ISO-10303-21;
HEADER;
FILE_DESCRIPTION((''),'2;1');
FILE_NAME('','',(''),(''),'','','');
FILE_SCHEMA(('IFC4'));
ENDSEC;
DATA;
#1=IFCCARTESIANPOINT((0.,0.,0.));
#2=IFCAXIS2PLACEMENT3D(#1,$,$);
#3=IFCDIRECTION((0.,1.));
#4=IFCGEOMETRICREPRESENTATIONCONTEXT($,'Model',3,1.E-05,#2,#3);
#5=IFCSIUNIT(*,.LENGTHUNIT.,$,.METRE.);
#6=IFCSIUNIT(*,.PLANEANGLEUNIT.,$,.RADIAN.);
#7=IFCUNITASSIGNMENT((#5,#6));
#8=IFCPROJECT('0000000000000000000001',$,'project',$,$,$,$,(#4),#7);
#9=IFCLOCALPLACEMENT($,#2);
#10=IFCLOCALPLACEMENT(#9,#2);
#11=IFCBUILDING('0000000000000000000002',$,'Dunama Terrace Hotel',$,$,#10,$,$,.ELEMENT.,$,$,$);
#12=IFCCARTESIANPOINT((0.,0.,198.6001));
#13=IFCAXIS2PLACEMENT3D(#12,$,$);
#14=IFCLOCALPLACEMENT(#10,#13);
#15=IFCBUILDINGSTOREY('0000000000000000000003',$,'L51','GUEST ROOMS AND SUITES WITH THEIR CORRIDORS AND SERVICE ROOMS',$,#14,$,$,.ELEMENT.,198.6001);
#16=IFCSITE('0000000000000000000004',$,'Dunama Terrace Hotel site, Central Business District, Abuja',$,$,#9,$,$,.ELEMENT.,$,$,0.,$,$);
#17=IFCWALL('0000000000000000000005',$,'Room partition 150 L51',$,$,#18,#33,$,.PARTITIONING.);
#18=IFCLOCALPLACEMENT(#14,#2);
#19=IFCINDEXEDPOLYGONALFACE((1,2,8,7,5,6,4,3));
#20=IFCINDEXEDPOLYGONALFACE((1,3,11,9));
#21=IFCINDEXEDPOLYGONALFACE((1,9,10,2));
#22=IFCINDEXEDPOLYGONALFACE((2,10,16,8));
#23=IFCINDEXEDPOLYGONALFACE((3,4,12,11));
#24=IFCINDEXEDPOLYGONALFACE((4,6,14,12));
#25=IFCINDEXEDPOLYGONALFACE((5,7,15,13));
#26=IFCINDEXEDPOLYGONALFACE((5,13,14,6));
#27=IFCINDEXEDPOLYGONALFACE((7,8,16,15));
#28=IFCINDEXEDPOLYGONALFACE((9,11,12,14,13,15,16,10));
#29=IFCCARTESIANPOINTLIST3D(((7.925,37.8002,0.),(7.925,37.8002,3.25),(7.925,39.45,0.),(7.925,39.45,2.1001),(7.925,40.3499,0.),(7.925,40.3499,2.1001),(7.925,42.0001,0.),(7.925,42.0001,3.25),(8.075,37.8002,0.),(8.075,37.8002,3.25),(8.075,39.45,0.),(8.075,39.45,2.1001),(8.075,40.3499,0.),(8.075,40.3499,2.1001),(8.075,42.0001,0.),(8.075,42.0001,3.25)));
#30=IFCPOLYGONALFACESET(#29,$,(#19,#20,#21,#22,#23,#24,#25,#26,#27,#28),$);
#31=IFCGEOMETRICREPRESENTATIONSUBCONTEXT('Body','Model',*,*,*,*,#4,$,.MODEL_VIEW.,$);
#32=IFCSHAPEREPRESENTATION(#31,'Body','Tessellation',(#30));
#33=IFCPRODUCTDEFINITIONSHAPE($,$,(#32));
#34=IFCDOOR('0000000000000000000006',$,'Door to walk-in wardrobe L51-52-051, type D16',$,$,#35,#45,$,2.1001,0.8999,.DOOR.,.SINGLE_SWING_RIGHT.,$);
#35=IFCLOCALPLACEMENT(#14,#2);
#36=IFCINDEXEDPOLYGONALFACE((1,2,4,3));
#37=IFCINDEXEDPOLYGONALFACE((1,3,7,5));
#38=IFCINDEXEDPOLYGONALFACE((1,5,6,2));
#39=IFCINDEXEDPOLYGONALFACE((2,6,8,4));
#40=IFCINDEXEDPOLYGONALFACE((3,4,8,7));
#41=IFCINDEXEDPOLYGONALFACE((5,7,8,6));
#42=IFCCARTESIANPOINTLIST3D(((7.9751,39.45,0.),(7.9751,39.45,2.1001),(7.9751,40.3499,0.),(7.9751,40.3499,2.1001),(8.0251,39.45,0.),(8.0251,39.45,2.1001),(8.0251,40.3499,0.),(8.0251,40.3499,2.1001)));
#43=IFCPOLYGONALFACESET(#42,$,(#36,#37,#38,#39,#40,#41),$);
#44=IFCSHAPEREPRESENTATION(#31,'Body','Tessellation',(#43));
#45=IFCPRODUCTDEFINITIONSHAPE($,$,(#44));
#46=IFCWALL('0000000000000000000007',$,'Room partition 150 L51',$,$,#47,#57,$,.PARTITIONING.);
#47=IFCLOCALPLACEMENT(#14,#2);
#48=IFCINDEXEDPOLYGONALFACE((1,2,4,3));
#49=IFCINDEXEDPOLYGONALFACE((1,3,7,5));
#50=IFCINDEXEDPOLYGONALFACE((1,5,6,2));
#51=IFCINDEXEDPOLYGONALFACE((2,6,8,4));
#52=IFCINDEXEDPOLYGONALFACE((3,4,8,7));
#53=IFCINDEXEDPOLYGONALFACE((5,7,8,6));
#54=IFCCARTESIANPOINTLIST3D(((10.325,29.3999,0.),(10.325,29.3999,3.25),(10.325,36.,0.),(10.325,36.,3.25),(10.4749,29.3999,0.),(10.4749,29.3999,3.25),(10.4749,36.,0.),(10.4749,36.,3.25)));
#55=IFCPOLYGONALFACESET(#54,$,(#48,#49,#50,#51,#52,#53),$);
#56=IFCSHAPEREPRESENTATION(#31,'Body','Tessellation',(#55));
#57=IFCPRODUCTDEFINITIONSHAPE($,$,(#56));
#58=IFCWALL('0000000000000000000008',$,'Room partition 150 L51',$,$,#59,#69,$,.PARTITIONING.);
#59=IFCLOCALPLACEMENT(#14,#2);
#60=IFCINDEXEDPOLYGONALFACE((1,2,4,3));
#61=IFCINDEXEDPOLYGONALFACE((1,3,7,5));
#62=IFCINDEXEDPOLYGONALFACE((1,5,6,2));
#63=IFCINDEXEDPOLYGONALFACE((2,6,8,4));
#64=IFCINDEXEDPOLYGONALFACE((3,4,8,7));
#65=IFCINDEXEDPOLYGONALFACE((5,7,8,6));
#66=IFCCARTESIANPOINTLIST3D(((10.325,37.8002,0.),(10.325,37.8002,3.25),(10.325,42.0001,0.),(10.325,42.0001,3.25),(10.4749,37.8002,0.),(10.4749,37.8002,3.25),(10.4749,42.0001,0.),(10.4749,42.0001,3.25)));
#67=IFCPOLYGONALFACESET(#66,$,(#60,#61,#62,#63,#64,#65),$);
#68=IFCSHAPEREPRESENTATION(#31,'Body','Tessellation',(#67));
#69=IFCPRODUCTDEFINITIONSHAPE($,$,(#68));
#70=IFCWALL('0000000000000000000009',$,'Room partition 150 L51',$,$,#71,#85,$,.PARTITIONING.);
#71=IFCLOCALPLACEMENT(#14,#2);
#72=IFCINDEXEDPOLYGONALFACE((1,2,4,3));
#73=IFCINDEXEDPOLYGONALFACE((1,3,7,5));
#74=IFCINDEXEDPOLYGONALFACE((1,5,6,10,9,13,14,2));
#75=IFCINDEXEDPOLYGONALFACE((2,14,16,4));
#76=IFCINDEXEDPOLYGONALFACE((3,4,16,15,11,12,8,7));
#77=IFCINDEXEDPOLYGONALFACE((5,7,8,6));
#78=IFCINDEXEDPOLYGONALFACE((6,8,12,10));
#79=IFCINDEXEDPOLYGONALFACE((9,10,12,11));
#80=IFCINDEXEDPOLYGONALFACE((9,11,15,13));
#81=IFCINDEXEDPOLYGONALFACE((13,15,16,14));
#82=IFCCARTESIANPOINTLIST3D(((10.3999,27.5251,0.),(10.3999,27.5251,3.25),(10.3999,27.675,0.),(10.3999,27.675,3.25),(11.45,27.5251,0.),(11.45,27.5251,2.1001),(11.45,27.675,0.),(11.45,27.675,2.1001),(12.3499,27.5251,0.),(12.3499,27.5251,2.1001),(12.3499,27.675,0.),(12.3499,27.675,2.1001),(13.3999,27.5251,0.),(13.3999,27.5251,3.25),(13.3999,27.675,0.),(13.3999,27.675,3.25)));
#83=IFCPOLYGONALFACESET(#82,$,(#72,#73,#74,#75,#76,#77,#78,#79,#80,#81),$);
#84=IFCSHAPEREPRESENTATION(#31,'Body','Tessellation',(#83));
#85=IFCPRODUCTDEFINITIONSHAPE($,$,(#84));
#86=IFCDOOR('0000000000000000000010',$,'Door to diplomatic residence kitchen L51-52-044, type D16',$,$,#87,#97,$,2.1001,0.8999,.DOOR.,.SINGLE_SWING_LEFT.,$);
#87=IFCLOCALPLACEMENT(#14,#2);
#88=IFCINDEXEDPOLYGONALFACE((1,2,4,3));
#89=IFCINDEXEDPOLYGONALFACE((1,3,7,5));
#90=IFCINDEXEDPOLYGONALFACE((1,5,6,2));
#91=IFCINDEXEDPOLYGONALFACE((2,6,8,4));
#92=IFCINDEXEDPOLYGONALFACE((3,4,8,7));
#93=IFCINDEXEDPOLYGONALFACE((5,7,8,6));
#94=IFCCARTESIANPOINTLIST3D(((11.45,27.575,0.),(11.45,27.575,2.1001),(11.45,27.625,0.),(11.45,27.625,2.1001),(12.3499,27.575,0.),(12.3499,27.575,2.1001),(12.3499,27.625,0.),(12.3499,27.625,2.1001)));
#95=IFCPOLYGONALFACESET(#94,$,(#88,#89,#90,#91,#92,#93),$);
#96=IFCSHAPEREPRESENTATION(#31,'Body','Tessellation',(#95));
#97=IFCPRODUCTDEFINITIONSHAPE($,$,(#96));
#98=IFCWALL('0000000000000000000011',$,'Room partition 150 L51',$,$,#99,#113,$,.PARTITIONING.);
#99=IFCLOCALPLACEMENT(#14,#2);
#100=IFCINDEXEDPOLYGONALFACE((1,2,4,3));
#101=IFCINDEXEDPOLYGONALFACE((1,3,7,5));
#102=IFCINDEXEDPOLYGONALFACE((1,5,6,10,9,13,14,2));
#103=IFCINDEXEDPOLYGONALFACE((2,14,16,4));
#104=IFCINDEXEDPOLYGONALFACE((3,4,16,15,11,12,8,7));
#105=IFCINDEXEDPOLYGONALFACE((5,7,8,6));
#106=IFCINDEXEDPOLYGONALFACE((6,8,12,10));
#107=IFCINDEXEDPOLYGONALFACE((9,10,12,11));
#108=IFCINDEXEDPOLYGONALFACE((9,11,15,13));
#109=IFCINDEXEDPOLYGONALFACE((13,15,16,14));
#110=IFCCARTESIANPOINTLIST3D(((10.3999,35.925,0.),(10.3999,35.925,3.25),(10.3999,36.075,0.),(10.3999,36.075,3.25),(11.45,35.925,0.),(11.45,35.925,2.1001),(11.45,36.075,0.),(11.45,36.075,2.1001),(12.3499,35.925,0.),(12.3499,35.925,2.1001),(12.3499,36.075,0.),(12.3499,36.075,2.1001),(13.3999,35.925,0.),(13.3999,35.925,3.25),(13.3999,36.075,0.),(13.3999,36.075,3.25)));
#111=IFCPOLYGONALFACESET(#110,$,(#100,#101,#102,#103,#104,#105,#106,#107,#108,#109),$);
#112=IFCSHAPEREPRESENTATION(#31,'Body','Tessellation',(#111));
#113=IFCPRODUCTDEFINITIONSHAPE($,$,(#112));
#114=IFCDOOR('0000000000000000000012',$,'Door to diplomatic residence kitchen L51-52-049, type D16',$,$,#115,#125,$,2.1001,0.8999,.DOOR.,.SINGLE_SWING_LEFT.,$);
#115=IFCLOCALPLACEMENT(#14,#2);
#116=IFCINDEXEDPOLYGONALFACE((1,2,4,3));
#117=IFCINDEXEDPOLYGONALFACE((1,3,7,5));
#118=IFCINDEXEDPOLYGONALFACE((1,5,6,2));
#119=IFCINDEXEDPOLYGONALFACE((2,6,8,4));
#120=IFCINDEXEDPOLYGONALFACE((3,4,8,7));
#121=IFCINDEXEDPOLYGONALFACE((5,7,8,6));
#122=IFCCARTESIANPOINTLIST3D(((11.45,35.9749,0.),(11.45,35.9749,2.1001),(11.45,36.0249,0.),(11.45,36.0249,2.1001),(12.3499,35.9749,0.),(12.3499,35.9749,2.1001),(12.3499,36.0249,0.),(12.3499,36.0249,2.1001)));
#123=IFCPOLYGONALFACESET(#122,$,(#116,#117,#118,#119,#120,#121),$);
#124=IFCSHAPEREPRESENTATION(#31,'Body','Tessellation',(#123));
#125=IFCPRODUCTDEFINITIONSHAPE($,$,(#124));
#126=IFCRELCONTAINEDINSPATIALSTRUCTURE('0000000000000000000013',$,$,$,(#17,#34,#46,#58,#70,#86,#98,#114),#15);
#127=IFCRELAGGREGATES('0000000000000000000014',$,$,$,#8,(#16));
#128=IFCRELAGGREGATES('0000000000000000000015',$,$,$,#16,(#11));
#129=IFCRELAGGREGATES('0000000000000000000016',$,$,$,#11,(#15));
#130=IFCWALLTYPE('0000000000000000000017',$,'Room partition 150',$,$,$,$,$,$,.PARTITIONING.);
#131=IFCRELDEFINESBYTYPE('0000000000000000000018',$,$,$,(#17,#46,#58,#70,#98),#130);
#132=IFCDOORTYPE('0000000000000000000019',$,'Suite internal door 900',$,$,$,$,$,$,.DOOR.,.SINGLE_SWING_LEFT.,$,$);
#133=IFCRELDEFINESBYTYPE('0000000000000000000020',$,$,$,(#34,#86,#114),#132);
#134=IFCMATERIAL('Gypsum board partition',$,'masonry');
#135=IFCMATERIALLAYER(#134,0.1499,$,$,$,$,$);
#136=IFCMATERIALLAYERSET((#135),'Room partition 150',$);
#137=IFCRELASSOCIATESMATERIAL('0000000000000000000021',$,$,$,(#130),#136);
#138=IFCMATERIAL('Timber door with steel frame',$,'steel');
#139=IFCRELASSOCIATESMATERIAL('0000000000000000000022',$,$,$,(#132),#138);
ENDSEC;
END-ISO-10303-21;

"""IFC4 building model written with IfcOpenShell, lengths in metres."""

from ifc_helpers import new_model, si_unit, direction, frame, frame_2d, origin, place, context, subcontext, project, spatial, rectangle, extrude, material, layer, layer_set, type_object, element, fill, save


model = new_model("IFC4")

# Units and contexts
model_context = context("Model", 3, precision=1e-05, world=origin(), true_north=direction((0.0, 1.0)))
body_context = subcontext(model_context, "Body", "Model", "MODEL_VIEW")
ifc_project = project(units=[si_unit("LENGTHUNIT", "METRE"), si_unit("PLANEANGLEUNIT", "RADIAN")], contexts=[model_context])

# Site, building, storey
site_placement = place(None, origin())
site = spatial("IfcSite", under=ifc_project, at=site_placement, Name="Dunama Terrace Hotel site, Central Business District, Abuja", CompositionType="ELEMENT", RefElevation=0.0)
building_placement = place(site_placement, origin())
building = spatial("IfcBuilding", under=site, at=building_placement, Name="Dunama Terrace Hotel", CompositionType="ELEMENT")
storey_placement = place(building_placement, frame((0.0, 0.0, 198.6001)))
storey = spatial("IfcBuildingStorey", under=building, at=storey_placement, Name="L51", Description="GUEST ROOMS AND SUITES WITH THEIR CORRIDORS AND SERVICE ROOMS", CompositionType="ELEMENT", Elevation=198.6001)

# Wall, opening, door
ifc_material_1 = material(Name="Gypsum board partition", Category="masonry")
ifc_layer_1 = layer(ifc_material_1, 0.1499)
ifc_layer_set_1 = layer_set([ifc_layer_1], Name="Room partition 150")
wall_type_1 = type_object("IfcWallType", Name="Room partition 150", PredefinedType="PARTITIONING", material=ifc_layer_set_1)
ifc_material_2 = material(Name="Timber door with steel frame", Category="steel")
door_type_1 = type_object("IfcDoorType", Name="Suite internal door 900", OperationType="SINGLE_SWING_LEFT", PredefinedType="DOOR", material=ifc_material_2)
wall_1_placement = place(storey_placement, frame((8.0, 37.8, 0.0), z_axis=(0.0, 0.0, 1.0), x_axis=(0.0, 1.0, 0.0)))
wall_1 = element("IfcWall", 1, at=wall_1_placement, inside=storey, type_object=wall_type_1, Name="Room partition 150 L51", PredefinedType="PARTITIONING", context=body_context, shape_type="SweptSolid", body=[
    extrude(rectangle(XDim=4.2, YDim=0.1499, at=frame_2d((2.1001, 0.0))), origin(), (0.0, 0.0, 1.0), 3.25),
])
opening_1_placement = place(wall_1_placement, frame((1.6499, 0.0, 0.0)))
opening_1 = element("IfcOpeningElement", 2, at=opening_1_placement, cuts=wall_1, PredefinedType="OPENING", context=body_context, shape_type="SweptSolid", body=[
    extrude(rectangle(XDim=0.8999, YDim=2.1001, at=frame_2d((0.45, 1.05))), frame((0.0, 0.085, 0.0), z_axis=(0.0, -1.0, 0.0), x_axis=(1.0, 0.0, 0.0)), (0.0, 0.0, 1.0), 0.1699),
])
door_1_placement = place(opening_1_placement, frame((0.8999, 0.0, 0.0), z_axis=(0.0, 0.0, 1.0), x_axis=(-1.0, 0.0, 0.0)))
door_1 = element("IfcDoor", 3, at=door_1_placement, inside=storey, type_object=door_type_1, Name="Door to walk-in wardrobe L51-52-051, type D16", OperationType="SINGLE_SWING_RIGHT", OverallHeight=2.1001, OverallWidth=0.8999, PredefinedType="DOOR", context=body_context, shape_type="SweptSolid", body=[
    extrude(rectangle(XDim=0.8999, YDim=2.1001, at=frame_2d((0.45, 1.05))), frame((0.0, 0.0251, 0.0), z_axis=(0.0, -1.0, 0.0), x_axis=(1.0, 0.0, 0.0)), (0.0, 0.0, 1.0), 0.05),
])
fill(opening_1, door_1)

# Walls
wall_2_placement = place(storey_placement, frame((10.3999, 29.3999, 0.0), z_axis=(0.0, 0.0, 1.0), x_axis=(0.0, 1.0, 0.0)))
element("IfcWall", 4, at=wall_2_placement, inside=storey, type_object=wall_type_1, Name="Room partition 150 L51", PredefinedType="PARTITIONING", context=body_context, shape_type="SweptSolid", body=[
    extrude(rectangle(XDim=6.6001, YDim=0.1499, at=frame_2d((3.3, 0.0))), origin(), (0.0, 0.0, 1.0), 3.25),
])
wall_3_placement = place(storey_placement, frame((10.3999, 37.8, 0.0), z_axis=(0.0, 0.0, 1.0), x_axis=(0.0, 1.0, 0.0)))
element("IfcWall", 5, at=wall_3_placement, inside=storey, type_object=wall_type_1, Name="Room partition 150 L51", PredefinedType="PARTITIONING", context=body_context, shape_type="SweptSolid", body=[
    extrude(rectangle(XDim=4.2, YDim=0.1499, at=frame_2d((2.1001, 0.0))), origin(), (0.0, 0.0, 1.0), 3.25),
])

# Walls, openings, doors
wall_4_placement = place(storey_placement, frame((10.3999, 27.6001, 0.0), z_axis=(0.0, 0.0, 1.0), x_axis=(1.0, 0.0, 0.0)))
wall_4 = element("IfcWall", 6, at=wall_4_placement, inside=storey, type_object=wall_type_1, Name="Room partition 150 L51", PredefinedType="PARTITIONING", context=body_context, shape_type="SweptSolid", body=[
    extrude(rectangle(XDim=3.0, YDim=0.1499, at=frame_2d((1.5, 0.0))), origin(), (0.0, 0.0, 1.0), 3.25),
])
opening_2_placement = place(wall_4_placement, frame((1.05, 0.0, 0.0)))
opening_2 = element("IfcOpeningElement", 7, at=opening_2_placement, cuts=wall_4, PredefinedType="OPENING", context=body_context, shape_type="SweptSolid", body=[
    extrude(rectangle(XDim=0.8999, YDim=2.1001, at=frame_2d((0.45, 1.05))), frame((0.0, 0.085, 0.0), z_axis=(0.0, -1.0, 0.0), x_axis=(1.0, 0.0, 0.0)), (0.0, 0.0, 1.0), 0.1699),
])
door_2_placement = place(opening_2_placement, frame((0.8999, 0.0, 0.0), z_axis=(0.0, 0.0, 1.0), x_axis=(-1.0, 0.0, 0.0)))
door_2 = element("IfcDoor", 8, at=door_2_placement, inside=storey, type_object=door_type_1, Name="Door to diplomatic residence kitchen L51-52-044, type D16", OperationType="SINGLE_SWING_LEFT", OverallHeight=2.1001, OverallWidth=0.8999, PredefinedType="DOOR", context=body_context, shape_type="SweptSolid", body=[
    extrude(rectangle(XDim=0.8999, YDim=2.1001, at=frame_2d((0.45, 1.05))), frame((0.0, 0.0251, 0.0), z_axis=(0.0, -1.0, 0.0), x_axis=(1.0, 0.0, 0.0)), (0.0, 0.0, 1.0), 0.05),
])
fill(opening_2, door_2)
wall_5_placement = place(storey_placement, frame((10.3999, 36.0, 0.0), z_axis=(0.0, 0.0, 1.0), x_axis=(1.0, 0.0, 0.0)))
wall_5 = element("IfcWall", 9, at=wall_5_placement, inside=storey, type_object=wall_type_1, Name="Room partition 150 L51", PredefinedType="PARTITIONING", context=body_context, shape_type="SweptSolid", body=[
    extrude(rectangle(XDim=3.0, YDim=0.1499, at=frame_2d((1.5, 0.0))), origin(), (0.0, 0.0, 1.0), 3.25),
])
opening_3_placement = place(wall_5_placement, frame((1.05, 0.0, 0.0)))
opening_3 = element("IfcOpeningElement", 10, at=opening_3_placement, cuts=wall_5, PredefinedType="OPENING", context=body_context, shape_type="SweptSolid", body=[
    extrude(rectangle(XDim=0.8999, YDim=2.1001, at=frame_2d((0.45, 1.05))), frame((0.0, 0.085, 0.0), z_axis=(0.0, -1.0, 0.0), x_axis=(1.0, 0.0, 0.0)), (0.0, 0.0, 1.0), 0.1699),
])
door_3_placement = place(opening_3_placement, frame((0.8999, 0.0, 0.0), z_axis=(0.0, 0.0, 1.0), x_axis=(-1.0, 0.0, 0.0)))
door_3 = element("IfcDoor", 11, at=door_3_placement, inside=storey, type_object=door_type_1, Name="Door to diplomatic residence kitchen L51-52-049, type D16", OperationType="SINGLE_SWING_LEFT", OverallHeight=2.1001, OverallWidth=0.8999, PredefinedType="DOOR", context=body_context, shape_type="SweptSolid", body=[
    extrude(rectangle(XDim=0.8999, YDim=2.1001, at=frame_2d((0.45, 1.05))), frame((0.0, 0.0251, 0.0), z_axis=(0.0, -1.0, 0.0), x_axis=(1.0, 0.0, 0.0)), (0.0, 0.0, 1.0), 0.05),
])
fill(opening_3, door_3)

save(model, "model.ifc")
